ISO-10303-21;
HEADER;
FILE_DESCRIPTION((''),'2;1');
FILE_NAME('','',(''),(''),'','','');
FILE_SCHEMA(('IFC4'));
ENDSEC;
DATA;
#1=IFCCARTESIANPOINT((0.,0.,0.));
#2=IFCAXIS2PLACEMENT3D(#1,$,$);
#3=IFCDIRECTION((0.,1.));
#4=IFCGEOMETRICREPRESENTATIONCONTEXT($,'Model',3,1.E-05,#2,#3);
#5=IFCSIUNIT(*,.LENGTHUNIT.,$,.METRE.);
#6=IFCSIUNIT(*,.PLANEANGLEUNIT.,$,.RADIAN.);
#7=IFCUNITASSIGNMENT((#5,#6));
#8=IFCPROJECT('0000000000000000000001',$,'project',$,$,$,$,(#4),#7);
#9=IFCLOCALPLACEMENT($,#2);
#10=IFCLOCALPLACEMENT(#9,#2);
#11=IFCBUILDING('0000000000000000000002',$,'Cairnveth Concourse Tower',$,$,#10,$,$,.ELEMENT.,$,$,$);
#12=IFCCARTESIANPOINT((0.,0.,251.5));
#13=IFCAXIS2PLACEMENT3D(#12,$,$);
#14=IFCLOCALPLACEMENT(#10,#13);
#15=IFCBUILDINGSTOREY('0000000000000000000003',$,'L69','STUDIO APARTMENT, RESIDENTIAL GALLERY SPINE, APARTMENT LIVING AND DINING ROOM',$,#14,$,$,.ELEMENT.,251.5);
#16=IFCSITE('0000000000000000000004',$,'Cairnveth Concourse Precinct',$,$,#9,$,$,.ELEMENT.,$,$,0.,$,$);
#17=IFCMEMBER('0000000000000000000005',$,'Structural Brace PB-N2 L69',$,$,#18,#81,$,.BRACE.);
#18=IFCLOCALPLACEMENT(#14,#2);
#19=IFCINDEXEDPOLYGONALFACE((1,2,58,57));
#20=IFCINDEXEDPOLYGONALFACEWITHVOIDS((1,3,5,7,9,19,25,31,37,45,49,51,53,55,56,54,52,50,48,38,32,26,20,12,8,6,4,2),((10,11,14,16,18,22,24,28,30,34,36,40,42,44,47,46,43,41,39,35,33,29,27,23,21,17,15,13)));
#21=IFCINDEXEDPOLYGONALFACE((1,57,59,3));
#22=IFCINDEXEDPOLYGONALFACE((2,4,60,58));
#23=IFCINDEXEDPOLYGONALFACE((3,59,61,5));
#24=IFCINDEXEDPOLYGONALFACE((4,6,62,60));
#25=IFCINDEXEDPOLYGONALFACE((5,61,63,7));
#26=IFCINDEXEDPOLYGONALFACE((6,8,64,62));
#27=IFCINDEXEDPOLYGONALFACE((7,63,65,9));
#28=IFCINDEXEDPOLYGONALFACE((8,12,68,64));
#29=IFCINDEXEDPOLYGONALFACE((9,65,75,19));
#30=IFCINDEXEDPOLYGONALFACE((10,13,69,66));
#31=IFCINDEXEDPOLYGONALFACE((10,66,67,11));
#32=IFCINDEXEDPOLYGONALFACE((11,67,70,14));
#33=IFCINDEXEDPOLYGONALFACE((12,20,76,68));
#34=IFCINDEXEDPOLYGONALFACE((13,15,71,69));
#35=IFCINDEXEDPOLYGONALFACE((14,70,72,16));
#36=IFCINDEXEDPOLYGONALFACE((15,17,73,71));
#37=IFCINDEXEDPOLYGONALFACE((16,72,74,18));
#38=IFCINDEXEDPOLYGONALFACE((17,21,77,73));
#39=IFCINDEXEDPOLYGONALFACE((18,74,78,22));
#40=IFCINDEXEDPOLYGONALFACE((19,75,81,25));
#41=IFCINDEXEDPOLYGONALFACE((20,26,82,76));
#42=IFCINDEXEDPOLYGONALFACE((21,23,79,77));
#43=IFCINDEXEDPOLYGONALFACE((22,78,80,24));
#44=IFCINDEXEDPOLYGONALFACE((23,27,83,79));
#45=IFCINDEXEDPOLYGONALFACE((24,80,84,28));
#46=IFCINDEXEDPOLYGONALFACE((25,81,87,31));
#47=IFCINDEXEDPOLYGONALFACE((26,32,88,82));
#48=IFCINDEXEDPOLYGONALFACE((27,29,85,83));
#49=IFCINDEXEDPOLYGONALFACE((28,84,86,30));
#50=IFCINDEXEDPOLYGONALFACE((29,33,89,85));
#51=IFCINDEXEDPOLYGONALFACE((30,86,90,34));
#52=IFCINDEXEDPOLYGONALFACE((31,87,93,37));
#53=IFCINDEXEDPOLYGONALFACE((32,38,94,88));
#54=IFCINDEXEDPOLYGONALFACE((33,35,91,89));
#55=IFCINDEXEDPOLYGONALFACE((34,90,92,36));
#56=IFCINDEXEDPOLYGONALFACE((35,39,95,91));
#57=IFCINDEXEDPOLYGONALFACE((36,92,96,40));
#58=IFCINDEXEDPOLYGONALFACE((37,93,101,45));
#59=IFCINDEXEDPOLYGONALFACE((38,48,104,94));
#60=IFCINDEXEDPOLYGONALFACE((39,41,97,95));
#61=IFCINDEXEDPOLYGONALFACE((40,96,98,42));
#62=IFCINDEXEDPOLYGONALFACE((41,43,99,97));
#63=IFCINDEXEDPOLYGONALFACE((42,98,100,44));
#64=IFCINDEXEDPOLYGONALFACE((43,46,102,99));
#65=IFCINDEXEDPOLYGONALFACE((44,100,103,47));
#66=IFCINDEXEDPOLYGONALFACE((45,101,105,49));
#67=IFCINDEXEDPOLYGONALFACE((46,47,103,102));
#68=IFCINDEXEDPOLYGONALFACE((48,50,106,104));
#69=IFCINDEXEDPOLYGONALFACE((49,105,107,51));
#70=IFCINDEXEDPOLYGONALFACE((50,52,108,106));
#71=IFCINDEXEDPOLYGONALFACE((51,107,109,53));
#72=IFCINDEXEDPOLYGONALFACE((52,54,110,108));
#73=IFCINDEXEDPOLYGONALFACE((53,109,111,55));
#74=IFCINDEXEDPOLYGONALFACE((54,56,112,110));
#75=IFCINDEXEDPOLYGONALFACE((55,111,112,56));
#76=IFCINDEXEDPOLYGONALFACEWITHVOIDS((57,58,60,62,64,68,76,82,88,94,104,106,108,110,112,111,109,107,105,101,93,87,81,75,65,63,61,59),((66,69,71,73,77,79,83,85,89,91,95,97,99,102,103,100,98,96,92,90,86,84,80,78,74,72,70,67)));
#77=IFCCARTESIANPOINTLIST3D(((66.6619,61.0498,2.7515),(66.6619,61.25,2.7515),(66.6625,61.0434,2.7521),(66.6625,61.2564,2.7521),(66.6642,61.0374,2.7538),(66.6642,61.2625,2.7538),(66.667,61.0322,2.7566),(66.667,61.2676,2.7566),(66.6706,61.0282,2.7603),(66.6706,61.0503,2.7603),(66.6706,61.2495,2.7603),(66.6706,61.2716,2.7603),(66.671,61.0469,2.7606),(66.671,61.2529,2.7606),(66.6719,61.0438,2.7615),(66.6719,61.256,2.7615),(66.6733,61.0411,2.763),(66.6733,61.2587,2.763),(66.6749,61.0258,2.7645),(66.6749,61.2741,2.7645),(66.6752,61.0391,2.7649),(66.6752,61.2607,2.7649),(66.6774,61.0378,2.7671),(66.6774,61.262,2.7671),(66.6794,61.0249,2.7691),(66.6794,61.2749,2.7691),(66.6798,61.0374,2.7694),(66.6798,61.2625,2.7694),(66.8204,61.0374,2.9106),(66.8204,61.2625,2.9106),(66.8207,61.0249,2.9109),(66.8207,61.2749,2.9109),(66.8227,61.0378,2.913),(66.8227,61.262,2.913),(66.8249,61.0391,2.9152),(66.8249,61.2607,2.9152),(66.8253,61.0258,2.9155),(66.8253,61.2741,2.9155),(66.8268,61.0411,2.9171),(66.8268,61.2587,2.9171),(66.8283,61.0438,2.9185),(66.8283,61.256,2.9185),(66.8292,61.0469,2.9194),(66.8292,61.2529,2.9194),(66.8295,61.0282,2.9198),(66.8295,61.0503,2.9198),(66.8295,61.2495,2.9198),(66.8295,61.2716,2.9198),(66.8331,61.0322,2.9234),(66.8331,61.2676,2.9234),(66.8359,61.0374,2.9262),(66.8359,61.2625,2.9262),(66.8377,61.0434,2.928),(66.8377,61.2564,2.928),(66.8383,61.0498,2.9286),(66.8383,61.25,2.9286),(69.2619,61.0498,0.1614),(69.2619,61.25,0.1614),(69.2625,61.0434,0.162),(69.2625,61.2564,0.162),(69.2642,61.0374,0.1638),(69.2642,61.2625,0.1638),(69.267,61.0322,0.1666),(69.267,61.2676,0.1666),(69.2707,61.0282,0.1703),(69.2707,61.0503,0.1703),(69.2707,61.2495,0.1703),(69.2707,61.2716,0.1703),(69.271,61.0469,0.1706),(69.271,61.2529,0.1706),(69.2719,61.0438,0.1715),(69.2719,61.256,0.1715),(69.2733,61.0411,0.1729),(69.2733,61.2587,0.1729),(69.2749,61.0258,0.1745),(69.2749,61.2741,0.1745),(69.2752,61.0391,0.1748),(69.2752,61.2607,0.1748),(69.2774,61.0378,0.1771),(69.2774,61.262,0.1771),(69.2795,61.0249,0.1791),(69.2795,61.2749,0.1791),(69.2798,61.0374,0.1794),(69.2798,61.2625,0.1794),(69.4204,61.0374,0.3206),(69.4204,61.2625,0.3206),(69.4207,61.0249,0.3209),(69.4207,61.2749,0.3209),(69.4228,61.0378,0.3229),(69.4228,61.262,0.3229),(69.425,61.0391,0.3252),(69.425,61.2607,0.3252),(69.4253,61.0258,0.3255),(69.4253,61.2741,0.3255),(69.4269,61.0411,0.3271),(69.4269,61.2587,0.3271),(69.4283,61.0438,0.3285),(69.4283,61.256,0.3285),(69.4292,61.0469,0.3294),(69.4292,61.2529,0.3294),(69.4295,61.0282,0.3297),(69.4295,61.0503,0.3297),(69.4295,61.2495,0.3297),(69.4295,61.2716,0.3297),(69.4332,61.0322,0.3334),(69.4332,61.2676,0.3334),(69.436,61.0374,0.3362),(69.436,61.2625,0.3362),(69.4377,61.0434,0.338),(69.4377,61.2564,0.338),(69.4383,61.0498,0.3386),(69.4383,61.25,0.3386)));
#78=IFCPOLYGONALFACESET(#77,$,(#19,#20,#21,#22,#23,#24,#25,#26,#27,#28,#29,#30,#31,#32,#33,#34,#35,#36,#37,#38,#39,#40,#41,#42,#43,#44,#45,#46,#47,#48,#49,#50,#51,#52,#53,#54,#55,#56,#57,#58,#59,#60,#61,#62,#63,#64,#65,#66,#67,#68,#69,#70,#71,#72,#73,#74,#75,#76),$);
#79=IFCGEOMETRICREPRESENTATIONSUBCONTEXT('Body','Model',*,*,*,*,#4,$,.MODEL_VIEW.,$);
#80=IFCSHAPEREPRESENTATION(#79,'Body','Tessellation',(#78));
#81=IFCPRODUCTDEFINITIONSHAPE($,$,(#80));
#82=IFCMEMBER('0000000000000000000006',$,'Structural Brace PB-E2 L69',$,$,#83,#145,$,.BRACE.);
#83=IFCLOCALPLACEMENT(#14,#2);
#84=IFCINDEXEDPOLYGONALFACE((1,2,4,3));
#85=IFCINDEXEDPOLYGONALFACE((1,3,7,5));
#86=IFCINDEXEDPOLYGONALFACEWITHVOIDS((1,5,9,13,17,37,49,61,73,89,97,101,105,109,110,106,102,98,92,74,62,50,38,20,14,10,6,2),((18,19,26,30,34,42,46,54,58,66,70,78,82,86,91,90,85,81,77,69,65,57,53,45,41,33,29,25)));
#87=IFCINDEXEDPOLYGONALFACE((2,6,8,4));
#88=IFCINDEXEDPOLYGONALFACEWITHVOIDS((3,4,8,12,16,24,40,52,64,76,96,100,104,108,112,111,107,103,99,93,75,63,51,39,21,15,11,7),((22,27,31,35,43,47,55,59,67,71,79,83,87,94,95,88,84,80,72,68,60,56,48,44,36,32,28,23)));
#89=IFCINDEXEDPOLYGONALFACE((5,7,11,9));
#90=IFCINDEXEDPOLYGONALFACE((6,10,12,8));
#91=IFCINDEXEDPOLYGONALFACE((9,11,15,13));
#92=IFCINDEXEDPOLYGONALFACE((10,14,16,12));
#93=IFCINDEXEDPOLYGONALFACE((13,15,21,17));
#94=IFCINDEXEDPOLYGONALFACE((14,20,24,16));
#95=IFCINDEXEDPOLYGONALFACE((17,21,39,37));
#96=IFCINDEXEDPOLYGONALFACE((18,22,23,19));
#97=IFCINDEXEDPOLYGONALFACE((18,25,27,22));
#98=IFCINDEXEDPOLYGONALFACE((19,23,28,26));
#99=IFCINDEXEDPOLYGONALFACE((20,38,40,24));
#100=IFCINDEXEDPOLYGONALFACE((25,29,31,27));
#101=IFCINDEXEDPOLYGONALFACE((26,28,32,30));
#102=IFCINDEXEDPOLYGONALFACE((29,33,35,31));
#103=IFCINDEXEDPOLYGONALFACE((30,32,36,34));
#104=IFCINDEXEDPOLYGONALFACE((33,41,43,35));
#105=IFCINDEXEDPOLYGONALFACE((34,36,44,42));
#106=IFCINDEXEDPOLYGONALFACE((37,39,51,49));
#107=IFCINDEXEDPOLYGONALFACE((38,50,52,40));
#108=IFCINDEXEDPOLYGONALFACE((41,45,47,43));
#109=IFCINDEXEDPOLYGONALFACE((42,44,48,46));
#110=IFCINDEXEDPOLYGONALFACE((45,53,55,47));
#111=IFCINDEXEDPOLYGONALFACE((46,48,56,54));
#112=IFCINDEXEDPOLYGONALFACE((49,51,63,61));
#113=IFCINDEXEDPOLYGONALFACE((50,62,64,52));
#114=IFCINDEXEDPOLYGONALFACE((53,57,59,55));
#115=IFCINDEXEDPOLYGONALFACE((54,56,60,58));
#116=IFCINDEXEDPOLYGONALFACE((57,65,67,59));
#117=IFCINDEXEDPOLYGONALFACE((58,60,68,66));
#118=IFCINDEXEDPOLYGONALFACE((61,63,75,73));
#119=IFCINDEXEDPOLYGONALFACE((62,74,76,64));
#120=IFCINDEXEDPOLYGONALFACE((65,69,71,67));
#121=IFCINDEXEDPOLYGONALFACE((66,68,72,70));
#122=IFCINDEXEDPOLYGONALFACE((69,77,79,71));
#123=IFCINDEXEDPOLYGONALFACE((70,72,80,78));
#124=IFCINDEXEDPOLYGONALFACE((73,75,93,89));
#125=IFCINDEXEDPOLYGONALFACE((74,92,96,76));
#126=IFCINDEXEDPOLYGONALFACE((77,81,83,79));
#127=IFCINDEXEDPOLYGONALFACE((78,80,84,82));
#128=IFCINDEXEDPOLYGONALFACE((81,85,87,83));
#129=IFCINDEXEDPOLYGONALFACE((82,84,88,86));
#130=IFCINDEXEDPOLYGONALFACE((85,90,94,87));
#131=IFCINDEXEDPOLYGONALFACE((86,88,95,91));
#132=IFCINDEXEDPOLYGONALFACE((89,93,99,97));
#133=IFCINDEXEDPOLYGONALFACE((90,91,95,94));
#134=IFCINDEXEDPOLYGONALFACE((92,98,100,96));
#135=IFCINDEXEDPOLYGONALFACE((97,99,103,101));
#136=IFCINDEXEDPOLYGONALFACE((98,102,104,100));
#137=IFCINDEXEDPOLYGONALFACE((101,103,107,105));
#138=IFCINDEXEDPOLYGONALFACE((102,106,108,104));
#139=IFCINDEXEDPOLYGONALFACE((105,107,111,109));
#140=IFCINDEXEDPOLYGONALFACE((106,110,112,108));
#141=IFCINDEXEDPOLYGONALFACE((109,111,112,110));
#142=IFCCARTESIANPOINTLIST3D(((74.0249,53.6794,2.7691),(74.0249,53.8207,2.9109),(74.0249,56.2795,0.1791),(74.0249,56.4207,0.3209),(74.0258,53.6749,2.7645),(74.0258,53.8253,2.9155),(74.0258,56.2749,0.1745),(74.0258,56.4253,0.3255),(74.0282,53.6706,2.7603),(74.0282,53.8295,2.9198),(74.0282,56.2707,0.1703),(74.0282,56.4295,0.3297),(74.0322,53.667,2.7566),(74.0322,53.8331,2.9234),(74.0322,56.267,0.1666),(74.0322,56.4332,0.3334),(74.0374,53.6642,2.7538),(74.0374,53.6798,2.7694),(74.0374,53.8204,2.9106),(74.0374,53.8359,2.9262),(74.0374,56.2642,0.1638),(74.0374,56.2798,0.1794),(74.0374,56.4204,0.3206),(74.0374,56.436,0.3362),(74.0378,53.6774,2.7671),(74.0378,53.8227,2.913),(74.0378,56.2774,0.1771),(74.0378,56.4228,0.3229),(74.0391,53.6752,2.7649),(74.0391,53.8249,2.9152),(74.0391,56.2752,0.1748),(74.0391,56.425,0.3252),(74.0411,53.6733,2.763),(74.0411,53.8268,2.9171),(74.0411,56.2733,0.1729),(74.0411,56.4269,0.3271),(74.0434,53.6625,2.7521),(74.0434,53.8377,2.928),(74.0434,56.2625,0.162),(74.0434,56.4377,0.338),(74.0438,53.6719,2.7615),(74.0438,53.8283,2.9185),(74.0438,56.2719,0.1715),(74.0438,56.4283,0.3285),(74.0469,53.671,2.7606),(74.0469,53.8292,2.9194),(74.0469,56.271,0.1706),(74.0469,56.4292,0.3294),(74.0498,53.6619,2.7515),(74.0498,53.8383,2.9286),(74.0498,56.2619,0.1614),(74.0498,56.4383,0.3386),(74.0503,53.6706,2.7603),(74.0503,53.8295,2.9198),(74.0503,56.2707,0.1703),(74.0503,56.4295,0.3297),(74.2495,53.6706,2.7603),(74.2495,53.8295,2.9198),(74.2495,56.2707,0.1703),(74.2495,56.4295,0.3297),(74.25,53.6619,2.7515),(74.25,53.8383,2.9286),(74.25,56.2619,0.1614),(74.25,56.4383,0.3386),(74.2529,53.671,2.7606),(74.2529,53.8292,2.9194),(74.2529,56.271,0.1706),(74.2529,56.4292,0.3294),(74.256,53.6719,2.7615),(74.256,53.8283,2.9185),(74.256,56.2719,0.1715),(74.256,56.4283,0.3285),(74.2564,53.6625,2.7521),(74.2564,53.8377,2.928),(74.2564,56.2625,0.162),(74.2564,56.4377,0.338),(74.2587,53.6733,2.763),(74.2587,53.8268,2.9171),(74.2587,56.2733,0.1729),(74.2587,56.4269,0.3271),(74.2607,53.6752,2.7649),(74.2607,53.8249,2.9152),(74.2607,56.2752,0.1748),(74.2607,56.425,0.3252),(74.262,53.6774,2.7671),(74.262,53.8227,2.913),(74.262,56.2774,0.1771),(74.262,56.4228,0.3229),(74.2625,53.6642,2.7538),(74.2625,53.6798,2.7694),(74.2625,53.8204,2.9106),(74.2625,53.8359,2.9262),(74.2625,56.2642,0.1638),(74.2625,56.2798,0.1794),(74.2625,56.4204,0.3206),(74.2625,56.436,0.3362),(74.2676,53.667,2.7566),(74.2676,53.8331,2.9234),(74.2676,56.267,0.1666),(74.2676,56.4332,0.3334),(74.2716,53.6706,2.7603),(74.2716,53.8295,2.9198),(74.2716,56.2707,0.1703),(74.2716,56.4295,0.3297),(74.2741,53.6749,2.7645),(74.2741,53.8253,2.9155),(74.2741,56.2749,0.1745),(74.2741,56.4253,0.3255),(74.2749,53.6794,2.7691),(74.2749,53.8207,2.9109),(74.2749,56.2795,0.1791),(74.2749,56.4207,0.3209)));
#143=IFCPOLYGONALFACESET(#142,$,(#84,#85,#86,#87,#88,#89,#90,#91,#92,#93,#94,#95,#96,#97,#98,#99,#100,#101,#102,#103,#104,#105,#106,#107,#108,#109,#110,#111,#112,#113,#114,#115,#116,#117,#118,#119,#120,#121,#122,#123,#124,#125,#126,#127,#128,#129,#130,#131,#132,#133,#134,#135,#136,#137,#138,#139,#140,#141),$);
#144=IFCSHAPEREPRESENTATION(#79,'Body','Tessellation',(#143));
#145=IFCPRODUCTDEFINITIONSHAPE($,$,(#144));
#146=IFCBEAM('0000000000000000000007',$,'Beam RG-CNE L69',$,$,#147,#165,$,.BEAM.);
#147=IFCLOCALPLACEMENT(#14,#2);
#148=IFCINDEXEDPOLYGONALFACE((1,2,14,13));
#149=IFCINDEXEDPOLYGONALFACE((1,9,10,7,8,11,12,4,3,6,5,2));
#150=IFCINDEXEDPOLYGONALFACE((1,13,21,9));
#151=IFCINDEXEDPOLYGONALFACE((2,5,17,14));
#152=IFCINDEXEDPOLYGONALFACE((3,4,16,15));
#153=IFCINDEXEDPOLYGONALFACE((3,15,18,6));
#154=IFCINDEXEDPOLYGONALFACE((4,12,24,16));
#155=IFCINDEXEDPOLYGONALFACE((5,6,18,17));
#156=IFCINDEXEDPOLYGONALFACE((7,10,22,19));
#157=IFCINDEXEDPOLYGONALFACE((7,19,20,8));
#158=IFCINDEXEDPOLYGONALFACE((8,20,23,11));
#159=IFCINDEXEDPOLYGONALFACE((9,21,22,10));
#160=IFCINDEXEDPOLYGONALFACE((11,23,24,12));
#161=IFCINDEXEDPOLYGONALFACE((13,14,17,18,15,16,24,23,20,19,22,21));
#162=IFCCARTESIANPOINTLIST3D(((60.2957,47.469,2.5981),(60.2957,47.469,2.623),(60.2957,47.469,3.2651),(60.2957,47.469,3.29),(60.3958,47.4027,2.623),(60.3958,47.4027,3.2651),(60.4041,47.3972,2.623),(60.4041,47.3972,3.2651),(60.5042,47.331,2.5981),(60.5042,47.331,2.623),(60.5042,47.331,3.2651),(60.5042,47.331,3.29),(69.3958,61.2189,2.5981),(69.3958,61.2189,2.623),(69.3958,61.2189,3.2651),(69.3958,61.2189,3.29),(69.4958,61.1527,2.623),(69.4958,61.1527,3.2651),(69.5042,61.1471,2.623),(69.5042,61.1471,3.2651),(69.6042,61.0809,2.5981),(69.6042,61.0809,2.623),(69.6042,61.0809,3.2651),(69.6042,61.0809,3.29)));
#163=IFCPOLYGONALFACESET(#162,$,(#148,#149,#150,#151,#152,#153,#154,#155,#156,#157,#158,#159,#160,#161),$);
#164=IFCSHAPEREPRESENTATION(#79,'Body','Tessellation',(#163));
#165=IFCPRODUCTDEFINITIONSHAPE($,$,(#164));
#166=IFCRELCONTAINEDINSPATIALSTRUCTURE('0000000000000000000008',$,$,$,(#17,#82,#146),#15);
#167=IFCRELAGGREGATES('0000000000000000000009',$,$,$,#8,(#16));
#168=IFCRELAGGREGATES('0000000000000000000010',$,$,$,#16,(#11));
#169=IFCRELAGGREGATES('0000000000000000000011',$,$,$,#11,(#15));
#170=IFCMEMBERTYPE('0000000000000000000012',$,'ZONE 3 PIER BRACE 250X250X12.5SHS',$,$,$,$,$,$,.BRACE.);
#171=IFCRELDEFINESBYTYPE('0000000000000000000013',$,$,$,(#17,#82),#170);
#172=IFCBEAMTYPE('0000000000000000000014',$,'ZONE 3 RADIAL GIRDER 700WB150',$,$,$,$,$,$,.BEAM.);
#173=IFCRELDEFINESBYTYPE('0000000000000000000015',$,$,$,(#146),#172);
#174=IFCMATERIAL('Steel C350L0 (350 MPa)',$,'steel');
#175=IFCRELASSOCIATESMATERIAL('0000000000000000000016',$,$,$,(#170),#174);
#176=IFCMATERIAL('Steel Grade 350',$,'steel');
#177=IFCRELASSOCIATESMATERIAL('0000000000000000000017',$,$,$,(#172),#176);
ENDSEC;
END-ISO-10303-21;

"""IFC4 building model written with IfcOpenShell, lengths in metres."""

from ifc_helpers import new_model, si_unit, direction, frame, origin, origin_2d, place, context, subcontext, project, spatial, hollow_rectangle, i_section, extrude, material, material_profile, profile_set, type_object, element, save


model = new_model("IFC4")

# Units and contexts
model_context = context("Model", 3, precision=1e-05, world=origin(), true_north=direction((0.0, 1.0)))
body_context = subcontext(model_context, "Body", "Model", "MODEL_VIEW")
ifc_project = project(units=[si_unit("LENGTHUNIT", "METRE"), si_unit("PLANEANGLEUNIT", "RADIAN")], contexts=[model_context])

# Site, building, storey
site_placement = place(None, origin())
site = spatial("IfcSite", under=ifc_project, at=site_placement, Name="Cairnveth Concourse Precinct", CompositionType="ELEMENT", RefElevation=0.0)
building_placement = place(site_placement, origin())
building = spatial("IfcBuilding", under=site, at=building_placement, Name="Cairnveth Concourse Tower", CompositionType="ELEMENT")
storey_placement = place(building_placement, frame((0.0, 0.0, 251.5)))
storey = spatial("IfcBuildingStorey", under=building, at=storey_placement, Name="L69", Description="STUDIO APARTMENT, RESIDENTIAL GALLERY SPINE, APARTMENT LIVING AND DINING ROOM", CompositionType="ELEMENT", Elevation=251.5)

# Shared definitions
ifc_material_1 = material(Name="Steel Grade 350", Category="steel")

# Members
ifc_material_2 = material(Name="Steel C350L0 (350 MPa)", Category="steel")
ifc_material_profile_1 = material_profile(ifc_material_2, hollow_rectangle(XDim=0.25, YDim=0.25, WallThickness=0.0125, InnerFilletRadius=0.0129, OuterFilletRadius=0.0249, at=origin_2d()), Name="250x250x12.5SHS")
ifc_profile_set_1 = profile_set([ifc_material_profile_1], Name="Steel C350L0 (350 MPa)")
member_type = type_object("IfcMemberType", Name="ZONE 3 PIER BRACE 250X250X12.5SHS", PredefinedType="BRACE", material=ifc_profile_set_1)
for number, where, z_axis, x_axis, name in (
    (1, (69.3501, 61.1499, 0.25), (-0.708469, 0.0, 0.705742), (0.0, -1.0, 0.0), "Structural Brace PB-N2 L69"),
    (2, (74.1499, 56.3501, 0.25), (0.0, -0.708469, 0.705742), (1.0, 0.0, 0.0), "Structural Brace PB-E2 L69"),
):
    element("IfcMember", number, at=place(storey_placement, frame(where, z_axis=z_axis, x_axis=x_axis)), inside=storey, type_object=member_type, Name=name, PredefinedType="BRACE", context=body_context, shape_type="SweptSolid", body=[
        extrude(hollow_rectangle(XDim=0.25, YDim=0.25, WallThickness=0.0125, InnerFilletRadius=0.0129, OuterFilletRadius=0.0249, at=origin_2d()), origin(), (0.0, 0.0, 1.0), 3.6699),
    ])

# Beam
ifc_material_profile_2 = material_profile(ifc_material_1, i_section(OverallWidth=0.25, OverallDepth=0.6919, WebThickness=0.01, FlangeThickness=0.0249, at=origin_2d()), Name="700WB150")
ifc_profile_set_2 = profile_set([ifc_material_profile_2], Name="Steel Grade 350")
beam_type_1 = type_object("IfcBeamType", Name="ZONE 3 RADIAL GIRDER 700WB150", PredefinedType="BEAM", material=ifc_profile_set_2)
beam_1_placement = place(storey_placement, frame((69.5, 61.1499, 2.9441), z_axis=(-0.551902, -0.833909, 0.0), x_axis=(0.833909, -0.551902, 0.0)))
element("IfcBeam", 3, at=beam_1_placement, inside=storey, type_object=beam_type_1, Name="Beam RG-CNE L69", PredefinedType="BEAM", context=body_context, shape_type="SweptSolid", body=[
    extrude(i_section(OverallWidth=0.25, OverallDepth=0.6919, WebThickness=0.01, FlangeThickness=0.0249, at=origin_2d()), origin(), (0.0, 0.0, 1.0), 16.4885),
])

save(model, "model.ifc")
